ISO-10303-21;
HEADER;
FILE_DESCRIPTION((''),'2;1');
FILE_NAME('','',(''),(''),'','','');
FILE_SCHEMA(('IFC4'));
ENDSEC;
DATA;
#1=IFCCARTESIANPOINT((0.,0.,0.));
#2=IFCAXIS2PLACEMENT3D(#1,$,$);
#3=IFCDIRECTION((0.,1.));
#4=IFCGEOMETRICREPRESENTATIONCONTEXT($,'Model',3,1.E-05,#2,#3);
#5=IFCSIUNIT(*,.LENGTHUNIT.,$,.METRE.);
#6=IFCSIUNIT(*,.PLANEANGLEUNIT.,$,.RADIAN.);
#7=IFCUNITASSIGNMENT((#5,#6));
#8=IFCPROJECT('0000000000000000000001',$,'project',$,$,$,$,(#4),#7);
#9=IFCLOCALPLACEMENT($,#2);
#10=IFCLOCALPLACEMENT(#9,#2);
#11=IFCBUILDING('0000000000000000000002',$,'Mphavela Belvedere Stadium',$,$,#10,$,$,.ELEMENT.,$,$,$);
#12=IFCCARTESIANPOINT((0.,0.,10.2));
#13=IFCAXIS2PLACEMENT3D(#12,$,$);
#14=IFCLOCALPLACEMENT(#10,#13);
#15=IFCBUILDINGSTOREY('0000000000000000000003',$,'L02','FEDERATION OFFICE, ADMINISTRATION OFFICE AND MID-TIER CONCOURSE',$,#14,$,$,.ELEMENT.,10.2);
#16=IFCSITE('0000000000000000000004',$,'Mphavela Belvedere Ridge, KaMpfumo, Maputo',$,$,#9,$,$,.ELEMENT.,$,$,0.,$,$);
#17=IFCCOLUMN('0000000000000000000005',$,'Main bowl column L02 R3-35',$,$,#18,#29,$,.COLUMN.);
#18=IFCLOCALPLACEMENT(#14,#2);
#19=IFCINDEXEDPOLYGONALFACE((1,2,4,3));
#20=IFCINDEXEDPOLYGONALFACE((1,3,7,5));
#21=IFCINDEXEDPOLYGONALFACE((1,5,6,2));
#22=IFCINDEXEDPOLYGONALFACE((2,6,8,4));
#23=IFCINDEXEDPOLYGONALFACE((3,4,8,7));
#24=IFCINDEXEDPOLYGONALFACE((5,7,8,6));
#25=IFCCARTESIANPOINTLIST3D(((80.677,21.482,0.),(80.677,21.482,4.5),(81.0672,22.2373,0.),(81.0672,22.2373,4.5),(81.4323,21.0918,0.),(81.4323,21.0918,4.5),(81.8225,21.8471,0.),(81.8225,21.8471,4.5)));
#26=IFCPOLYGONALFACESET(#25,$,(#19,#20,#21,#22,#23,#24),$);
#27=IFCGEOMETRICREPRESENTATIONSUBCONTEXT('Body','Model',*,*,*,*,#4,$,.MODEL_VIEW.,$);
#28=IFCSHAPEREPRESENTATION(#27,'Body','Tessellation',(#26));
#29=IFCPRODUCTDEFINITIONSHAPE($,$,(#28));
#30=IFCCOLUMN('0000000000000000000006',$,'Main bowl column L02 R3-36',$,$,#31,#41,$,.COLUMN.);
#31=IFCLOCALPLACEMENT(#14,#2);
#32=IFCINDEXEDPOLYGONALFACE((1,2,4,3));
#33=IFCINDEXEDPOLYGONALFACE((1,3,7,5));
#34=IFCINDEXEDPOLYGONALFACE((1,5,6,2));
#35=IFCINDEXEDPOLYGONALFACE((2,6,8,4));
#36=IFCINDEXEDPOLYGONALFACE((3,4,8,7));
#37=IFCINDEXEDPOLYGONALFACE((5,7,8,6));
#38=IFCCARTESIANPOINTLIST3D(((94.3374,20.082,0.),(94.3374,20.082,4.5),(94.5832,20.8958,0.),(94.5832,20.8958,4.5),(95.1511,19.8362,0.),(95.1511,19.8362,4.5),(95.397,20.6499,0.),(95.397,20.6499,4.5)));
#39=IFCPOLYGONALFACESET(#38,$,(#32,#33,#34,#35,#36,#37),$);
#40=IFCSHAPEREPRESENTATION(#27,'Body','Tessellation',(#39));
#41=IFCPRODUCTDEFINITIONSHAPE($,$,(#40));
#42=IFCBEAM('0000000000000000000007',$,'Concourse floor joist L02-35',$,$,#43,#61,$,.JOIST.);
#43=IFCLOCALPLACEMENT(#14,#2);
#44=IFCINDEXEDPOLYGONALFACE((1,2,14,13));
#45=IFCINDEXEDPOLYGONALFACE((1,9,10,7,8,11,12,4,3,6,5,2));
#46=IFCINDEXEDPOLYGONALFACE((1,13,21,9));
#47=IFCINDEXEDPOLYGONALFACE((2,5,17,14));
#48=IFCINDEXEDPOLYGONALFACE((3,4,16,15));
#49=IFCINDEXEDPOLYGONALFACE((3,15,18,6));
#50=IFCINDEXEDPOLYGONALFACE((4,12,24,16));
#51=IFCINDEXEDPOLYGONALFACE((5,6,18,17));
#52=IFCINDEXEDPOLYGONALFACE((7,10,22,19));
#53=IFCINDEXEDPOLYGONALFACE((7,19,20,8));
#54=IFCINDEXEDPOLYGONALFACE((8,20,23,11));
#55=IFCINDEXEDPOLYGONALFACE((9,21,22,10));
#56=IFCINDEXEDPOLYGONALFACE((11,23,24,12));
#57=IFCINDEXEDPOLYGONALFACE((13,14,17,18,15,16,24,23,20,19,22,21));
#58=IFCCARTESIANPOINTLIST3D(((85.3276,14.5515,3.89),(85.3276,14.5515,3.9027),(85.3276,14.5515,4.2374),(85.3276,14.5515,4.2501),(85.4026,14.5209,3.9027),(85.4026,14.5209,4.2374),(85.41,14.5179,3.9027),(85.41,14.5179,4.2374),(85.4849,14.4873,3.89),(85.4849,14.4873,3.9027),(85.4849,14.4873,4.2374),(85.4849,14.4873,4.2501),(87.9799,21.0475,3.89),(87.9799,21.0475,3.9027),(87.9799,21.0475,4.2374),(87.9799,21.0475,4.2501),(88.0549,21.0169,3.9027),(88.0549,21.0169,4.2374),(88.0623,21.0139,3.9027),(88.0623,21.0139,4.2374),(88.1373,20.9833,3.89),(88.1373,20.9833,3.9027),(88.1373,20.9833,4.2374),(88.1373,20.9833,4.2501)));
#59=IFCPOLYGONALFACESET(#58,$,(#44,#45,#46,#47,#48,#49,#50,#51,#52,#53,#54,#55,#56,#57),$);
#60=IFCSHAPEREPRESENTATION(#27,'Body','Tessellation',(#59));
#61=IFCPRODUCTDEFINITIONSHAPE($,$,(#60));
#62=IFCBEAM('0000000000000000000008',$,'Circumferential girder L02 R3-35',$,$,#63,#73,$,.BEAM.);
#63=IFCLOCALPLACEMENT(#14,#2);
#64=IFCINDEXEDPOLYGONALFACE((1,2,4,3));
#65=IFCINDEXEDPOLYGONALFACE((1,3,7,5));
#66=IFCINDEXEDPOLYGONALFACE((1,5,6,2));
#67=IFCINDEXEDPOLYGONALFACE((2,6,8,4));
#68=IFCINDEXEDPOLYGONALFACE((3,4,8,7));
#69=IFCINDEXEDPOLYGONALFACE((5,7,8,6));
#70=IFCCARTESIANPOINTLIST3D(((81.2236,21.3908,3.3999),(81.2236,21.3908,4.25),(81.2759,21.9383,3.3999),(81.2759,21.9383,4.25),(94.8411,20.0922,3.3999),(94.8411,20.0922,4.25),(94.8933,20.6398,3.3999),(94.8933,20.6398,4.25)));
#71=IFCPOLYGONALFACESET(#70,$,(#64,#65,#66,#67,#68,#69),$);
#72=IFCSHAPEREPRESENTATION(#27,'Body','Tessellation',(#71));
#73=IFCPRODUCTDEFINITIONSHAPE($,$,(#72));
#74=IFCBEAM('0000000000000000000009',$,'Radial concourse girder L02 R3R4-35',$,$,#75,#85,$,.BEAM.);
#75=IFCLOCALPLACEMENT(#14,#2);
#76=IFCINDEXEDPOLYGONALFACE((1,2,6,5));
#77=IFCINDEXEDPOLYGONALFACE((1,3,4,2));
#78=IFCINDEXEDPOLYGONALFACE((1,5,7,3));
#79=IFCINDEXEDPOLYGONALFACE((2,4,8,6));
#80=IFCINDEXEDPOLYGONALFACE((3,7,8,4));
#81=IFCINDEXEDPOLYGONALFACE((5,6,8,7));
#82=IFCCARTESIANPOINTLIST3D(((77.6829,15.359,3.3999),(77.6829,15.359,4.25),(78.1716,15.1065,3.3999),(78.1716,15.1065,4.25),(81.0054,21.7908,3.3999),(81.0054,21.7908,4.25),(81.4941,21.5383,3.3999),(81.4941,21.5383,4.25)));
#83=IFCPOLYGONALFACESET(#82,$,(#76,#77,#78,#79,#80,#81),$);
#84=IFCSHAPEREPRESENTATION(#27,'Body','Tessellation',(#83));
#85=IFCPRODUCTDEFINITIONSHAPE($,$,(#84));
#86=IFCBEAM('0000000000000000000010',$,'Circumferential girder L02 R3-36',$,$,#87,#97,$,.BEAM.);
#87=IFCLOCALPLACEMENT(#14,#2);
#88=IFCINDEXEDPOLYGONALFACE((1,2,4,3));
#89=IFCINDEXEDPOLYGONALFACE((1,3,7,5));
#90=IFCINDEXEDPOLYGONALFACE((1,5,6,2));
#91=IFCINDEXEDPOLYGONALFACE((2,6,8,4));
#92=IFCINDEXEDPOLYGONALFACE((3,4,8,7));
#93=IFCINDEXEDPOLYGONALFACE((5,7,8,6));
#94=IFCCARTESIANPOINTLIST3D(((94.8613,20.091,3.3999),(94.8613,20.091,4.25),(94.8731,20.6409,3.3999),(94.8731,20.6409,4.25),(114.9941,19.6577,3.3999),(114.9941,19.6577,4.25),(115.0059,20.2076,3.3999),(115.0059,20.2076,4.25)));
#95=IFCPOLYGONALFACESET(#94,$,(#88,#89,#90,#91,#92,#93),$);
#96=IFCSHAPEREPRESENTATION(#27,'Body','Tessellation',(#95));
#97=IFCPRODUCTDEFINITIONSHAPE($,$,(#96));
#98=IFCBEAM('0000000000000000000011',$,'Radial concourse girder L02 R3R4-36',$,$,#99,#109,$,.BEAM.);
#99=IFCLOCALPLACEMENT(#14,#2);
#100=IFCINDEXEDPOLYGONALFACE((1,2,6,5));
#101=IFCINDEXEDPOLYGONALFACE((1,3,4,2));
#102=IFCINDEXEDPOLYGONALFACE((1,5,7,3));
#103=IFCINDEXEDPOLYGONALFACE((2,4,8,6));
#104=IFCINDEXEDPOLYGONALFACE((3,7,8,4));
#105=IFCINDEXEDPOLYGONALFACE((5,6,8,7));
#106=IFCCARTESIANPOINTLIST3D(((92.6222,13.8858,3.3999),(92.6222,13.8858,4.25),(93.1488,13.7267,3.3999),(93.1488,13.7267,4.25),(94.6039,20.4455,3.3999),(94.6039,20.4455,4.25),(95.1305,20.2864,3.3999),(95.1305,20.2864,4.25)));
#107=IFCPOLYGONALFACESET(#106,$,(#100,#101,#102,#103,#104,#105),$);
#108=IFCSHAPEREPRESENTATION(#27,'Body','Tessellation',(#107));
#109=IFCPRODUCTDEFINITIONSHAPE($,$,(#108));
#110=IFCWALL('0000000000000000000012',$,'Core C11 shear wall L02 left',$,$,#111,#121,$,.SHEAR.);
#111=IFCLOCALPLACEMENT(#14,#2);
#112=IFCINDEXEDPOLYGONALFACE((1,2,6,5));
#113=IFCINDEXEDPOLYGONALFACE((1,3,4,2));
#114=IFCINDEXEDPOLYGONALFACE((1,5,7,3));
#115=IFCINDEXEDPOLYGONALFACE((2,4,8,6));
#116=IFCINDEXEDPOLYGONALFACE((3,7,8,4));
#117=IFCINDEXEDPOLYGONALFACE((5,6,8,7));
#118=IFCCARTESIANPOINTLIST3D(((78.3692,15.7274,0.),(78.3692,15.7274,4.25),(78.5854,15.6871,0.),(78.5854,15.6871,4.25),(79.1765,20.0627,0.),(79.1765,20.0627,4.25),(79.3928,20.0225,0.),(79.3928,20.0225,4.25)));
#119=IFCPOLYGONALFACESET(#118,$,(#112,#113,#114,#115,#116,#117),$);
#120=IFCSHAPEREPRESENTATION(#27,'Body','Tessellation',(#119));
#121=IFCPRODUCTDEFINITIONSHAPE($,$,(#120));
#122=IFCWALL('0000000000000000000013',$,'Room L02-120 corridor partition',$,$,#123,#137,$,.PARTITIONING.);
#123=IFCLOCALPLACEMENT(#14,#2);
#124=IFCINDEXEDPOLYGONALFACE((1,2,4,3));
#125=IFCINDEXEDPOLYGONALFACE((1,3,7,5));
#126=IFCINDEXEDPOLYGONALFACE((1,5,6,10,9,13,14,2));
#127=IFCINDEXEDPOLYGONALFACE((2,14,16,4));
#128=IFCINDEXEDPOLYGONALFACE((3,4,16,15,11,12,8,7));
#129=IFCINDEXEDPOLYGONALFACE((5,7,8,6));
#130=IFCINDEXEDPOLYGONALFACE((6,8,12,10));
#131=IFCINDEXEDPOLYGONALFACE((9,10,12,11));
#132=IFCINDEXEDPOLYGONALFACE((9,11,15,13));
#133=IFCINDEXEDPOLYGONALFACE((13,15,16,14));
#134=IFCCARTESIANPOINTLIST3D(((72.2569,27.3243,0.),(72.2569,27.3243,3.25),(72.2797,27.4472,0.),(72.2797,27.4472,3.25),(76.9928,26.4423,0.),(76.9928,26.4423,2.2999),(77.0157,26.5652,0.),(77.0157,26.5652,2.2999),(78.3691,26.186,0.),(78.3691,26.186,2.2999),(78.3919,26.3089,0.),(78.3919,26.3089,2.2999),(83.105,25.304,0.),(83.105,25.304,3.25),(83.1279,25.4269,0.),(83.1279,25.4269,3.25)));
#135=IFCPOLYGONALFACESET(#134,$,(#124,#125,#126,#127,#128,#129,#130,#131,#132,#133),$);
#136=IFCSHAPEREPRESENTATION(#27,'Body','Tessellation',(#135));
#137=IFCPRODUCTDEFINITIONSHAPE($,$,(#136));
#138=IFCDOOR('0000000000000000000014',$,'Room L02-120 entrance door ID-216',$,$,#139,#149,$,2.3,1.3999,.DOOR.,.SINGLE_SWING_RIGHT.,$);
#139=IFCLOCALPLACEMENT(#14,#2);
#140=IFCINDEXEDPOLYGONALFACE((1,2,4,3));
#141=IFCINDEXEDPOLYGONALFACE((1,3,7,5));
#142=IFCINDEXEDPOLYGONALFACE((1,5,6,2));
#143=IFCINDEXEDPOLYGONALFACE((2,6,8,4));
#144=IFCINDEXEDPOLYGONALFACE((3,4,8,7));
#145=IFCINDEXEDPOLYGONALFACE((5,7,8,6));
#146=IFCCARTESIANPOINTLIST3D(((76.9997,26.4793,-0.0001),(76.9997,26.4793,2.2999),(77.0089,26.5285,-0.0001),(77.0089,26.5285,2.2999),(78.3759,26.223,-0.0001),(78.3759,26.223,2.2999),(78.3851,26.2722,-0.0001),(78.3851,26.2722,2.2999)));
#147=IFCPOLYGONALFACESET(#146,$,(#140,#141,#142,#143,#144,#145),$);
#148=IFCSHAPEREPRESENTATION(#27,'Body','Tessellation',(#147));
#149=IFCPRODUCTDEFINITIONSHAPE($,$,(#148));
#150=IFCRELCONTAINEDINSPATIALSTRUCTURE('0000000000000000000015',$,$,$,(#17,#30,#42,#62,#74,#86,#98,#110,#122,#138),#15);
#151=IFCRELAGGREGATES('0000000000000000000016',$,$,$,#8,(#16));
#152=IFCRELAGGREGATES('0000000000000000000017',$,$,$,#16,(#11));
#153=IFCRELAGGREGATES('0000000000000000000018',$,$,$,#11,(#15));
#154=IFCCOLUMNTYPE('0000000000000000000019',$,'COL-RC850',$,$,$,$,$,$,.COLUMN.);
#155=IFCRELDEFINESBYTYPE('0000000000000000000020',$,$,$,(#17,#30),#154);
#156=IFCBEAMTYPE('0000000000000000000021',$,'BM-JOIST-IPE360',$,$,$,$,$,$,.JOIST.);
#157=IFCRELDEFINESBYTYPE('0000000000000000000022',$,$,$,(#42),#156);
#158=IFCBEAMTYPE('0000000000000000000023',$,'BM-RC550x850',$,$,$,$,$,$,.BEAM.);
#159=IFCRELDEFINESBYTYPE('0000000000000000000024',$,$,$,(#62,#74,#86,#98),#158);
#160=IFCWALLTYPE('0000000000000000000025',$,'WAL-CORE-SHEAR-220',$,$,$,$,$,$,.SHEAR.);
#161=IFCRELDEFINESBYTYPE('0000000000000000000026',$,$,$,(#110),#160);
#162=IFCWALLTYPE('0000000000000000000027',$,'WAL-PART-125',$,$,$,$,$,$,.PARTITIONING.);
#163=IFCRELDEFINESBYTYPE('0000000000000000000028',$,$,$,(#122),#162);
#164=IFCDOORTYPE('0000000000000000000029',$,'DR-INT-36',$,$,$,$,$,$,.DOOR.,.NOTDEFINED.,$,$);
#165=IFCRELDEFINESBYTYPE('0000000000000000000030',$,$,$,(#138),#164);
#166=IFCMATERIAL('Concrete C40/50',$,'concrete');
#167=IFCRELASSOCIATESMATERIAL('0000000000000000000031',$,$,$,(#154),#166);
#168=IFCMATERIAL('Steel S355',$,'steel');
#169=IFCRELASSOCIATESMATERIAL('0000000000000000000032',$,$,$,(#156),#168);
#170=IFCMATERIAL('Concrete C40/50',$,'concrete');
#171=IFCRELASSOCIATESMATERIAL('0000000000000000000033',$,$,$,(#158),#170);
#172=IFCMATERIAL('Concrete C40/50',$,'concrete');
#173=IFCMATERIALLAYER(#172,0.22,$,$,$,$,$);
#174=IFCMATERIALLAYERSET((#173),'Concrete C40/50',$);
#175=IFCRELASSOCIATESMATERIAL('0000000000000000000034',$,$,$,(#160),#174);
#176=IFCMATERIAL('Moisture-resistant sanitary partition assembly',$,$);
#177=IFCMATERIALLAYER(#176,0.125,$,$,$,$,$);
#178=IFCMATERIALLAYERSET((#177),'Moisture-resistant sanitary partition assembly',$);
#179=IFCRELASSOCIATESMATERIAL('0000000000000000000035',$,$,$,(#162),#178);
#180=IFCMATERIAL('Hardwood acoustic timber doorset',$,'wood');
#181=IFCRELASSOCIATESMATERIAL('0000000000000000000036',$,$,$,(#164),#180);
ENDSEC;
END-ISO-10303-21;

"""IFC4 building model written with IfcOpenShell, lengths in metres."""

from ifc_helpers import new_model, si_unit, direction, frame, frame_2d, origin, origin_2d, place, context, subcontext, project, spatial, rectangle, i_section, extrude, material, layer, layer_set, material_profile, profile_set, type_object, element, fill, save


model = new_model("IFC4")

# Units and contexts
model_context = context("Model", 3, precision=1e-05, world=origin(), true_north=direction((0.0, 1.0)))
body_context = subcontext(model_context, "Body", "Model", "MODEL_VIEW")
ifc_project = project(units=[si_unit("LENGTHUNIT", "METRE"), si_unit("PLANEANGLEUNIT", "RADIAN")], contexts=[model_context])

# Site, building, storey
site_placement = place(None, origin())
site = spatial("IfcSite", under=ifc_project, at=site_placement, Name="Mphavela Belvedere Ridge, KaMpfumo, Maputo", CompositionType="ELEMENT", RefElevation=0.0)
building_placement = place(site_placement, origin())
building = spatial("IfcBuilding", under=site, at=building_placement, Name="Mphavela Belvedere Stadium", CompositionType="ELEMENT")
storey_placement = place(building_placement, frame((0.0, 0.0, 10.2)))
storey = spatial("IfcBuildingStorey", under=building, at=storey_placement, Name="L02", Description="FEDERATION OFFICE, ADMINISTRATION OFFICE AND MID-TIER CONCOURSE", CompositionType="ELEMENT", Elevation=10.2)

# Columns
ifc_material_1 = material(Name="Concrete C40/50", Category="concrete")
ifc_material_profile_1 = material_profile(ifc_material_1, rectangle(XDim=0.8501, YDim=0.8501, at=origin_2d()), Name="RC 850x850")
ifc_profile_set_1 = profile_set([ifc_material_profile_1], Name="Concrete C40/50")
column_type = type_object("IfcColumnType", Name="COL-RC850", PredefinedType="COLUMN", material=ifc_profile_set_1)
for number, where, z_axis, x_axis, name in (
    (1, (81.2498, 21.6646, 0.0), (0.0, 0.0, 1.0), (-0.45896, -0.888457, 0.0), "Main bowl column L02 R3-35"),
    (2, (94.8672, 20.366, 0.0), (0.0, 0.0, 1.0), (-0.289199, -0.957269, 0.0), "Main bowl column L02 R3-36"),
):
    element("IfcColumn", number, at=place(storey_placement, frame(where, z_axis=z_axis, x_axis=x_axis)), inside=storey, type_object=column_type, Name=name, PredefinedType="COLUMN", context=body_context, shape_type="SweptSolid", body=[
        extrude(rectangle(XDim=0.8501, YDim=0.8501, at=origin_2d()), origin(), (0.0, 0.0, 1.0), 4.5),
    ])

# Beams
ifc_material_2 = material(Name="Steel S355", Category="steel")
ifc_material_profile_2 = material_profile(ifc_material_2, i_section(OverallWidth=0.1699, OverallDepth=0.3601, WebThickness=0.0081, FlangeThickness=0.0127, at=origin_2d()), Name="IPE 360")
ifc_profile_set_2 = profile_set([ifc_material_profile_2], Name="Steel S355")
beam_type_1 = type_object("IfcBeamType", Name="BM-JOIST-IPE360", PredefinedType="JOIST", material=ifc_profile_set_2)
beam_1_placement = place(storey_placement, frame((88.0586, 21.0154, 4.0701), z_axis=(-0.378004, -0.925804, 0.0), x_axis=(0.925804, -0.378004, 0.0)))
element("IfcBeam", 3, at=beam_1_placement, inside=storey, type_object=beam_type_1, Name="Concourse floor joist L02-35", PredefinedType="JOIST", context=body_context, shape_type="SweptSolid", body=[
    extrude(i_section(OverallWidth=0.1699, OverallDepth=0.3601, WebThickness=0.0081, FlangeThickness=0.0127, at=origin_2d()), origin(), (0.0, 0.0, 1.0), 7.0166),
])
ifc_material_3 = material(Name="Concrete C40/50", Category="concrete")
ifc_material_profile_3 = material_profile(ifc_material_3, rectangle(XDim=0.55, YDim=0.8501, at=origin_2d()), Name="RC 550x850")
ifc_profile_set_3 = profile_set([ifc_material_profile_3], Name="Concrete C40/50")
beam_type_2 = type_object("IfcBeamType", Name="BM-RC550x850", PredefinedType="BEAM", material=ifc_profile_set_3)
beam_2_placement = place(storey_placement, frame((81.2498, 21.6646, 3.825), z_axis=(0.995484, -0.094931, 0.0), x_axis=(0.094931, 0.995484, 0.0)))
element("IfcBeam", 4, at=beam_2_placement, inside=storey, type_object=beam_type_2, Name="Circumferential girder L02 R3-35", PredefinedType="BEAM", context=body_context, shape_type="SweptSolid", body=[
    extrude(rectangle(XDim=0.55, YDim=0.8501, at=origin_2d()), origin(), (0.0, 0.0, 1.0), 13.6792),
])
beam_3_placement = place(storey_placement, frame((81.2498, 21.6646, 3.825), z_axis=(-0.458951, -0.888461, 0.0), x_axis=(0.888461, -0.458951, 0.0)))
element("IfcBeam", 5, at=beam_3_placement, inside=storey, type_object=beam_type_2, Name="Radial concourse girder L02 R3R4-35", PredefinedType="BEAM", context=body_context, shape_type="SweptSolid", body=[
    extrude(rectangle(XDim=0.55, YDim=0.8501, at=origin_2d()), origin(), (0.0, 0.0, 1.0), 7.2393),
])
beam_4_placement = place(storey_placement, frame((94.8672, 20.366, 3.825), z_axis=(0.999768, -0.02152, 0.0), x_axis=(0.02152, 0.999768, 0.0)))
element("IfcBeam", 6, at=beam_4_placement, inside=storey, type_object=beam_type_2, Name="Circumferential girder L02 R3-36", PredefinedType="BEAM", context=body_context, shape_type="SweptSolid", body=[
    extrude(rectangle(XDim=0.55, YDim=0.8501, at=origin_2d()), origin(), (0.0, 0.0, 1.0), 20.1375),
])
beam_5_placement = place(storey_placement, frame((94.8672, 20.366, 3.825), z_axis=(-0.289188, -0.957272, 0.0), x_axis=(0.957272, -0.289188, 0.0)))
element("IfcBeam", 7, at=beam_5_placement, inside=storey, type_object=beam_type_2, Name="Radial concourse girder L02 R3R4-36", PredefinedType="BEAM", context=body_context, shape_type="SweptSolid", body=[
    extrude(rectangle(XDim=0.55, YDim=0.8501, at=origin_2d()), origin(), (0.0, 0.0, 1.0), 6.8525),
])

# Wall
ifc_material_4 = material(Name="Concrete C40/50", Category="concrete")
ifc_layer_1 = layer(ifc_material_4, 0.22)
ifc_layer_set_1 = layer_set([ifc_layer_1], Name="Concrete C40/50")
wall_type_1 = type_object("IfcWallType", Name="WAL-CORE-SHEAR-220", PredefinedType="SHEAR", material=ifc_layer_set_1)
wall_1_placement = place(storey_placement, frame((79.2847, 20.0427, 0.0), z_axis=(0.0, 0.0, 1.0), x_axis=(-0.183078, -0.983098, 0.0)))
element("IfcWall", 8, at=wall_1_placement, inside=storey, type_object=wall_type_1, Name="Core C11 shear wall L02 left", PredefinedType="SHEAR", context=body_context, shape_type="SweptSolid", body=[
    extrude(rectangle(XDim=4.4099, YDim=0.22, at=frame_2d((2.2051, 0.0))), origin(), (0.0, 0.0, 1.0), 4.25),
])

# Wall, opening, door
ifc_material_5 = material(Name="Moisture-resistant sanitary partition assembly")
ifc_layer_2 = layer(ifc_material_5, 0.125)
ifc_layer_set_2 = layer_set([ifc_layer_2], Name="Moisture-resistant sanitary partition assembly")
wall_type_2 = type_object("IfcWallType", Name="WAL-PART-125", PredefinedType="PARTITIONING", material=ifc_layer_set_2)
wall_2_placement = place(storey_placement, frame((83.1165, 25.3655, 0.0), z_axis=(0.0, 0.0, 1.0), x_axis=(-0.983097, 0.183083, 0.0)))
wall_2 = element("IfcWall", 9, at=wall_2_placement, inside=storey, type_object=wall_type_2, Name="Room L02-120 corridor partition", PredefinedType="PARTITIONING", context=body_context, shape_type="SweptSolid", body=[
    extrude(rectangle(XDim=11.0347, YDim=0.125, at=frame_2d((5.5173, 0.0))), origin(), (0.0, 0.0, 1.0), 3.25),
])
opening_1_placement = place(wall_2_placement, frame((4.8174, 0.0, 0.0)))
opening_1 = element("IfcOpeningElement", 10, at=opening_1_placement, cuts=wall_2, PredefinedType="OPENING", context=body_context, shape_type="SweptSolid", body=[
    extrude(rectangle(XDim=1.3999, YDim=2.3, at=frame_2d((0.7, 1.1499))), frame((0.0, 0.0725, 0.0), z_axis=(0.0, -1.0, 0.0), x_axis=(1.0, 0.0, 0.0)), (0.0, 0.0, 1.0), 0.145),
])
ifc_material_6 = material(Name="Hardwood acoustic timber doorset", Category="wood")
door_type_1 = type_object("IfcDoorType", Name="DR-INT-36", OperationType="NOTDEFINED", PredefinedType="DOOR", material=ifc_material_6)
door_1_placement = place(opening_1_placement, origin())
door_1 = element("IfcDoor", 11, at=door_1_placement, inside=storey, type_object=door_type_1, Name="Room L02-120 entrance door ID-216", OperationType="SINGLE_SWING_RIGHT", OverallHeight=2.3, OverallWidth=1.3999, PredefinedType="DOOR", context=body_context, shape_type="SweptSolid", body=[
    extrude(rectangle(XDim=1.3999, YDim=2.3, at=frame_2d((0.7, 1.1499))), frame((0.0, 0.0249, 0.0), z_axis=(0.0, -1.0, 0.0), x_axis=(1.0, 0.0, 0.0)), (0.0, 0.0, 1.0), 0.05),
])
fill(opening_1, door_1)

save(model, "model.ifc")
